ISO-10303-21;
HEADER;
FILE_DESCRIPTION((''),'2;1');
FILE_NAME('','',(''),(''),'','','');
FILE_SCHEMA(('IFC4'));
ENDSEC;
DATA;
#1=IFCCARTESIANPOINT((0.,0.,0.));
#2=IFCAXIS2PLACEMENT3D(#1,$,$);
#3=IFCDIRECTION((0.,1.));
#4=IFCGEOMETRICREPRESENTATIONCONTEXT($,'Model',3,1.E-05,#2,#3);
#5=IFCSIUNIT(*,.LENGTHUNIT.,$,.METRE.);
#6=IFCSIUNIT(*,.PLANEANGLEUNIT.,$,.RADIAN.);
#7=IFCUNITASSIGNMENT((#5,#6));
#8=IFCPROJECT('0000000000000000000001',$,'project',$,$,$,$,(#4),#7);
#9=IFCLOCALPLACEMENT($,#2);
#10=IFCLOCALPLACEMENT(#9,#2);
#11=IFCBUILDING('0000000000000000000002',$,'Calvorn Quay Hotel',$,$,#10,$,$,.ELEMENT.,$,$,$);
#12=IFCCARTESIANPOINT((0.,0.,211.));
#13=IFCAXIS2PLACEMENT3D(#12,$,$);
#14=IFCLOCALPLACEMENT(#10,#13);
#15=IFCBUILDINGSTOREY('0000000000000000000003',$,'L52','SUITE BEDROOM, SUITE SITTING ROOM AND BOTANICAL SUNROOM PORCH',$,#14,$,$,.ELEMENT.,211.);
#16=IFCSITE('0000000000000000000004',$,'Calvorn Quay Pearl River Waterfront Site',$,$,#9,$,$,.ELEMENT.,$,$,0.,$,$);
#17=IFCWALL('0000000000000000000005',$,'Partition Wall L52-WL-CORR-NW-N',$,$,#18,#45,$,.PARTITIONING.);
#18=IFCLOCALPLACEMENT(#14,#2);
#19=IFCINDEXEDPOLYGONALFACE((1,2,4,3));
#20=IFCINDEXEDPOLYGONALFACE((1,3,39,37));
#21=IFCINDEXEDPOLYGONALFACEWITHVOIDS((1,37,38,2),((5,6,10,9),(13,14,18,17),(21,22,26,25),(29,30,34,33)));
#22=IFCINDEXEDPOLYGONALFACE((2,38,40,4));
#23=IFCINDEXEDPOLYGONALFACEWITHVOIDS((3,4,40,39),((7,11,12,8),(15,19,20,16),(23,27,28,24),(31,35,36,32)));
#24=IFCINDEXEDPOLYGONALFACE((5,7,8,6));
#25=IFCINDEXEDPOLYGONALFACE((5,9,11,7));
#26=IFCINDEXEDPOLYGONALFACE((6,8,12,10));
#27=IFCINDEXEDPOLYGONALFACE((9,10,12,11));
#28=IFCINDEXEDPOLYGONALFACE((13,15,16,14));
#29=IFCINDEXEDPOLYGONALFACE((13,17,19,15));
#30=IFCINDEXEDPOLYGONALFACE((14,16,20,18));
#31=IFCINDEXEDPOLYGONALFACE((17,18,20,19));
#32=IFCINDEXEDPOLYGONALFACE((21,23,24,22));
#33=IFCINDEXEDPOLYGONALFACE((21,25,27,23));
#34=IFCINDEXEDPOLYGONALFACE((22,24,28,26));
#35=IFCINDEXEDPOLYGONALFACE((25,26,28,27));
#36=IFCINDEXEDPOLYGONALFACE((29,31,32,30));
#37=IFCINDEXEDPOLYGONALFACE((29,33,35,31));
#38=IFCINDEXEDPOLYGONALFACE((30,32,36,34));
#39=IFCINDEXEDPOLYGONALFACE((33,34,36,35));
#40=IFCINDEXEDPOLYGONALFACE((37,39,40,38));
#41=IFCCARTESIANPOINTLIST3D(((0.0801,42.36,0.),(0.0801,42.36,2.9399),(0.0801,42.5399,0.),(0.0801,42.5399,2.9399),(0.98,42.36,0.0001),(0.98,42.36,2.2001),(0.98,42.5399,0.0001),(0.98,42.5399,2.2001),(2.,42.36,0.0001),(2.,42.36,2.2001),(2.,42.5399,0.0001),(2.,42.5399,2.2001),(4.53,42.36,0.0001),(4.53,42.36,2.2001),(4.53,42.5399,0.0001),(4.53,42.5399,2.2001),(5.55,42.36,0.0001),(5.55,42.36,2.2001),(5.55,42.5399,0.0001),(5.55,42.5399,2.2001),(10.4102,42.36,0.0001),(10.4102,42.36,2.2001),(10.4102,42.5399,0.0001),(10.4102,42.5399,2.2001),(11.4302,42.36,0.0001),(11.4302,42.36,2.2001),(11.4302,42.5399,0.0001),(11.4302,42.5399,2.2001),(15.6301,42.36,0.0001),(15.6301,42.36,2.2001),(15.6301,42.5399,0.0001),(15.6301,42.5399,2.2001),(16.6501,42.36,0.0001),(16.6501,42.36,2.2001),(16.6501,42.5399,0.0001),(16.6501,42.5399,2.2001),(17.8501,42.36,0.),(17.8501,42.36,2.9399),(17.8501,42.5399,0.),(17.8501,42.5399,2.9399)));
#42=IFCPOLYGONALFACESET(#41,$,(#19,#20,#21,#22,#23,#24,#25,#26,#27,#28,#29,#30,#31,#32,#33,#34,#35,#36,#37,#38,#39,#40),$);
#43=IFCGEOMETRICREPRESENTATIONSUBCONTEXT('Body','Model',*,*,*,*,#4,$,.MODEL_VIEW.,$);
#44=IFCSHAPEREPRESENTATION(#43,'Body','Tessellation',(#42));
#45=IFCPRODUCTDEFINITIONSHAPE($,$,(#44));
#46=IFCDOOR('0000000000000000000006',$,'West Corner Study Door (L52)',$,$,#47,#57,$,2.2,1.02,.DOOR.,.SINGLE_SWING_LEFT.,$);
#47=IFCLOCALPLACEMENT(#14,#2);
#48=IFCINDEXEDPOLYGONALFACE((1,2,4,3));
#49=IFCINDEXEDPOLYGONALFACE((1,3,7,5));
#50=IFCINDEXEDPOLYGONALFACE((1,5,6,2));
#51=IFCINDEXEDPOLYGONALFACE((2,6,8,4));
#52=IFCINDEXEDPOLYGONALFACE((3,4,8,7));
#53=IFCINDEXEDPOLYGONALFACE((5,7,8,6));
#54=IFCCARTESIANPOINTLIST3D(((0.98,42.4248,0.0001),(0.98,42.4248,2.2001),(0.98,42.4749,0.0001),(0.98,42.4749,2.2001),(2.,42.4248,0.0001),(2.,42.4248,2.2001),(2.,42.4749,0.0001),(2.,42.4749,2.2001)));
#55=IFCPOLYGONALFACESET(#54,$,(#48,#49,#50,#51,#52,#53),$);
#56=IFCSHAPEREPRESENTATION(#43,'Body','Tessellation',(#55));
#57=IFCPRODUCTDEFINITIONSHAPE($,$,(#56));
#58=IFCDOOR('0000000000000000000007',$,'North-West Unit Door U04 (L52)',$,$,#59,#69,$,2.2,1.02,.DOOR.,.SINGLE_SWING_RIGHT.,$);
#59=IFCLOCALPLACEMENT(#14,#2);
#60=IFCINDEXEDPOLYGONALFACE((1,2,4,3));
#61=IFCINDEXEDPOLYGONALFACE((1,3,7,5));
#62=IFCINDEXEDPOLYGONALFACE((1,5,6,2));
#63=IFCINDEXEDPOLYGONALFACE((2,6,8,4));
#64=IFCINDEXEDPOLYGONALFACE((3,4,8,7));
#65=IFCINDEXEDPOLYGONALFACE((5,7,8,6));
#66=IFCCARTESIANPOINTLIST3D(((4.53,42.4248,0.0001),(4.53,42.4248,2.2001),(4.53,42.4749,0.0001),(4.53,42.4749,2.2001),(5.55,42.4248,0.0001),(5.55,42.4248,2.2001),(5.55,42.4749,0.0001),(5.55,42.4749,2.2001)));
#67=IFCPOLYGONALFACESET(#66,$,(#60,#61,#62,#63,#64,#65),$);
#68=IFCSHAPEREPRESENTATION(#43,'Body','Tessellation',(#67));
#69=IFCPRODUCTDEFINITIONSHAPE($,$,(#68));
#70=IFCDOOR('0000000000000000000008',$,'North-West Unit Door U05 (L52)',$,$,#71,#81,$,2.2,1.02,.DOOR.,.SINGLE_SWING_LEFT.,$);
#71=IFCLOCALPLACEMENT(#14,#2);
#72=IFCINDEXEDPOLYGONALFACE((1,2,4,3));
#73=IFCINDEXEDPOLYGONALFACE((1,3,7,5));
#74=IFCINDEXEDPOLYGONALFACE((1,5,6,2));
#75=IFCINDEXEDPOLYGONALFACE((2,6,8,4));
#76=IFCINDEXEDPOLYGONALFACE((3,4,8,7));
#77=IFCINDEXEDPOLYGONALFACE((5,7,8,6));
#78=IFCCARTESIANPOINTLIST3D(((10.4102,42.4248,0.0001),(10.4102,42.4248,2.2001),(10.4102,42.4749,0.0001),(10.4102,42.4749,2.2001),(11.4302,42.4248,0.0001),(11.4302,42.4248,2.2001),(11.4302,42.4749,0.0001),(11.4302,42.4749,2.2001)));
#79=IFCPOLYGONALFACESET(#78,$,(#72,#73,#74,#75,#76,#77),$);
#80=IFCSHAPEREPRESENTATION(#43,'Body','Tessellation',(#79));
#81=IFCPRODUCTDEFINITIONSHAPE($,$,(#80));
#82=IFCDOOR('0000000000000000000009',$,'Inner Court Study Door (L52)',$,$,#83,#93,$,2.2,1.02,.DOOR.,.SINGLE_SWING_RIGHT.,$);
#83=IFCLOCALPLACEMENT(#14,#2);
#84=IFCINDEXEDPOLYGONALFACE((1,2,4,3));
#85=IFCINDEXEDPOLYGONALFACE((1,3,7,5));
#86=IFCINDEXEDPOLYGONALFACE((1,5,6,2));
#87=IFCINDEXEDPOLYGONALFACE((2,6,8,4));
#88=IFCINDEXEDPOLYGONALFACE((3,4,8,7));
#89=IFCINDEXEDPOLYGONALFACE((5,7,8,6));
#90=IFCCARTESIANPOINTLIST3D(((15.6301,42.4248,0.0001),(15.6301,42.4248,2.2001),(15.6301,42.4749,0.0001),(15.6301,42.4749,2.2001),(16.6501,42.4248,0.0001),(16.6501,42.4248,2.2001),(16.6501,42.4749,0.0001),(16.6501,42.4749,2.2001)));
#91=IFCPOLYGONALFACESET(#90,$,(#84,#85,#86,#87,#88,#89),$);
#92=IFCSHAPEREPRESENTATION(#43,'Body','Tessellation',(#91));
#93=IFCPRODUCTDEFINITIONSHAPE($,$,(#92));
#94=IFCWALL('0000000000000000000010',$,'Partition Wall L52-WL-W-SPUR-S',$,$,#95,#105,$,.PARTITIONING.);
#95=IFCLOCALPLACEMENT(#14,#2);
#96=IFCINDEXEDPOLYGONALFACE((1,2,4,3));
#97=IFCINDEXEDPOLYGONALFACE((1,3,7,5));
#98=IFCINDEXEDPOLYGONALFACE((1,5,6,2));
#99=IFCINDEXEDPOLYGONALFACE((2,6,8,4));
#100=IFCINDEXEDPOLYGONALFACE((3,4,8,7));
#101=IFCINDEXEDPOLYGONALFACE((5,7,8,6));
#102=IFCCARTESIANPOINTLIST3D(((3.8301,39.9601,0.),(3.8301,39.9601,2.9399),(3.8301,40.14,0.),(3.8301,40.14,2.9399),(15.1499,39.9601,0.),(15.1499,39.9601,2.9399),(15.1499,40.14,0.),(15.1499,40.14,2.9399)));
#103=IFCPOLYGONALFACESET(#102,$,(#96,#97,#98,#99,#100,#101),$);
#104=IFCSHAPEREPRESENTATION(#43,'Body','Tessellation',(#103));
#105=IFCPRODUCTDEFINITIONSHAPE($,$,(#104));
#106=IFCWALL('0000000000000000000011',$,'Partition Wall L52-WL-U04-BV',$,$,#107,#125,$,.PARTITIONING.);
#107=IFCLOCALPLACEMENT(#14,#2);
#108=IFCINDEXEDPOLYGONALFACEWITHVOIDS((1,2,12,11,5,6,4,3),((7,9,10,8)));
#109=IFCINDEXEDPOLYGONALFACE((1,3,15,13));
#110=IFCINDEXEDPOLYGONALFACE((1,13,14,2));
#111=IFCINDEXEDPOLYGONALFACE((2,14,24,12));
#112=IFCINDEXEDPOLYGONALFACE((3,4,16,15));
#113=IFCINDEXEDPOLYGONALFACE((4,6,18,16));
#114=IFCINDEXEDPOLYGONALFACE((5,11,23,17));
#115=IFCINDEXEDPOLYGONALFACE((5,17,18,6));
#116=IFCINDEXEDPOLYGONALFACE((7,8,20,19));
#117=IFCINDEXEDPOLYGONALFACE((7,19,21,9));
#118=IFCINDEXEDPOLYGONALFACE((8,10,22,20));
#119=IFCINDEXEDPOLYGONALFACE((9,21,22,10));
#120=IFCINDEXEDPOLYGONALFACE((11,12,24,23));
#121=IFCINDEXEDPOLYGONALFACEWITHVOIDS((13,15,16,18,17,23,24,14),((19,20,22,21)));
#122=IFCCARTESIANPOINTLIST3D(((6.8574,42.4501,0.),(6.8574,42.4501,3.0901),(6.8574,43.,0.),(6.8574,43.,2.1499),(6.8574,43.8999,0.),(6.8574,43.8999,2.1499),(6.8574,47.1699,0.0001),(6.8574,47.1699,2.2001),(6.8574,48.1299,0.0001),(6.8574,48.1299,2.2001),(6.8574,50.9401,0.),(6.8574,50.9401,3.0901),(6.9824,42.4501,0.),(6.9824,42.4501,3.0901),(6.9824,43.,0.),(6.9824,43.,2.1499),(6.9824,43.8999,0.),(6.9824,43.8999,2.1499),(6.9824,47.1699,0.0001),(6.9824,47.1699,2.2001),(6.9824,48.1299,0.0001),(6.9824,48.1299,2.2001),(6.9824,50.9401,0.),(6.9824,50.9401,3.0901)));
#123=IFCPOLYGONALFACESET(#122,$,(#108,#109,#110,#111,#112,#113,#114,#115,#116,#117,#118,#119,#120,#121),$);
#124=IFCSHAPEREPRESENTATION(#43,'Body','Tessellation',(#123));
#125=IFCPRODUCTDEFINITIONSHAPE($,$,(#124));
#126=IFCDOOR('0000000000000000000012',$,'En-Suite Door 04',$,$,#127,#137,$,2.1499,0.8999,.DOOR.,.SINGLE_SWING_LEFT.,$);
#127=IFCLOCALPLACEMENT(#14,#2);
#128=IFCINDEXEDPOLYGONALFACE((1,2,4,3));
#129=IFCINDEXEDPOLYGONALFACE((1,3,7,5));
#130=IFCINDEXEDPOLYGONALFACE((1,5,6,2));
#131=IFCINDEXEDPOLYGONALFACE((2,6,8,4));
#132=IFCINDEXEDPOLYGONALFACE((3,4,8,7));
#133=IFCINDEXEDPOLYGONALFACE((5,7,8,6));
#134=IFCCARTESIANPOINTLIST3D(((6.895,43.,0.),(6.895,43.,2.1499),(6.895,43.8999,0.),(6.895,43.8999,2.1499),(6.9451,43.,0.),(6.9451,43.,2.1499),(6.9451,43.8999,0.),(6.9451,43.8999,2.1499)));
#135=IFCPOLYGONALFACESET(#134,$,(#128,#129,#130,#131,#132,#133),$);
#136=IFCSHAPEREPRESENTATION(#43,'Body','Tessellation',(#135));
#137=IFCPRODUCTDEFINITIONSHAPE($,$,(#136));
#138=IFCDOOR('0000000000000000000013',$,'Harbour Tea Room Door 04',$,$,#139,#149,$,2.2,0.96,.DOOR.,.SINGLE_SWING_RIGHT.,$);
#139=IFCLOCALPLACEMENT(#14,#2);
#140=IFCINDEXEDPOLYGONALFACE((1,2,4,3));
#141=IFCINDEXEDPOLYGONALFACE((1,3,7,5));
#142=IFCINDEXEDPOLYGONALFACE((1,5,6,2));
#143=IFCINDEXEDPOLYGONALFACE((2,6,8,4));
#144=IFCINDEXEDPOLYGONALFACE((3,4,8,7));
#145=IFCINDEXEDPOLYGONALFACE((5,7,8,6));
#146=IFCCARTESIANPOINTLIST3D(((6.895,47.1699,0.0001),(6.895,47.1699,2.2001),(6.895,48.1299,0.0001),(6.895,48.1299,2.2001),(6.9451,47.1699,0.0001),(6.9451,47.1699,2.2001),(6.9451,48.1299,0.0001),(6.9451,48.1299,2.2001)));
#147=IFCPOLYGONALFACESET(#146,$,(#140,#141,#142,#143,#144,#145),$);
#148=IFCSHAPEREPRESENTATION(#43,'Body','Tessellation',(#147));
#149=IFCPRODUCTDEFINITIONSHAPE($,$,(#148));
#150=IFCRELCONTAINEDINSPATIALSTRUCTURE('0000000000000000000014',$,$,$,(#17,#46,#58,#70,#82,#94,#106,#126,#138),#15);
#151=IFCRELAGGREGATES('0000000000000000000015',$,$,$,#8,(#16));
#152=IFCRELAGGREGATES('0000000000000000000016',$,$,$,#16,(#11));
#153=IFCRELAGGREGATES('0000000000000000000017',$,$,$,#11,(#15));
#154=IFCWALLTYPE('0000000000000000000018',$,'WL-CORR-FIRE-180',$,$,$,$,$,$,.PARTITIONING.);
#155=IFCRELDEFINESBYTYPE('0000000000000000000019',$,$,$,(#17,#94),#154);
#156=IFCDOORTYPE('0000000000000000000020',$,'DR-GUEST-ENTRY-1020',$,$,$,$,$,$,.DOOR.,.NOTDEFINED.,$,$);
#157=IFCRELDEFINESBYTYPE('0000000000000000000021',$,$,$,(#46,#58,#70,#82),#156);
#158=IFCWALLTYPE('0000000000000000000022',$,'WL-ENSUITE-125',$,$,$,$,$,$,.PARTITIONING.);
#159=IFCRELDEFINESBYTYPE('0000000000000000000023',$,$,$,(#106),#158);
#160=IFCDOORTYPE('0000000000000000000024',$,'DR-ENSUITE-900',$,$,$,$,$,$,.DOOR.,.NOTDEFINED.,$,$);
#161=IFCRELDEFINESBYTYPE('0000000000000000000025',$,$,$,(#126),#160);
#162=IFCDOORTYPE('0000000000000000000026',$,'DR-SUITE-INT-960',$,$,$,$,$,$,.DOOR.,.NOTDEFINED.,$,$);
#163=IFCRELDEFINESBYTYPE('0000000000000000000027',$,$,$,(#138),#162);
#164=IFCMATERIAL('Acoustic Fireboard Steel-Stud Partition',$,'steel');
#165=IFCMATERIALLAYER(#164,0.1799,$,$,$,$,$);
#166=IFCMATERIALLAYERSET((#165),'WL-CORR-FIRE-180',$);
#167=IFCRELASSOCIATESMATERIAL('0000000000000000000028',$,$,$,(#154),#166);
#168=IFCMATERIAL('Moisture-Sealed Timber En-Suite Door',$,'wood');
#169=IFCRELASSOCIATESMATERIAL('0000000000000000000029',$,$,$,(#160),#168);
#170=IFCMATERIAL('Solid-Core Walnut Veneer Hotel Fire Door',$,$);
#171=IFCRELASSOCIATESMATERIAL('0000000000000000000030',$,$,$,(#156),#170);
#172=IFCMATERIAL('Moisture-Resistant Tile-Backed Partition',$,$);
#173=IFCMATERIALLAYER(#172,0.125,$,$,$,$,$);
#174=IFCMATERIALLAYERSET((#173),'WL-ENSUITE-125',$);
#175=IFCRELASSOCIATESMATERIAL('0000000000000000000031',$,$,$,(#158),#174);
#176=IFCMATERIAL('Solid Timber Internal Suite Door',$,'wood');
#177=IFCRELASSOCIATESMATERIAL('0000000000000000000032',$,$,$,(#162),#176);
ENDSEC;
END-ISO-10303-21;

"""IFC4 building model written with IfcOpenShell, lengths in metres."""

from ifc_helpers import new_model, si_unit, direction, frame, frame_2d, origin, place, context, subcontext, project, spatial, rectangle, extrude, material, layer, layer_set, type_object, element, fill, save


model = new_model("IFC4")

# Units and contexts
model_context = context("Model", 3, precision=1e-05, world=origin(), true_north=direction((0.0, 1.0)))
body_context = subcontext(model_context, "Body", "Model", "MODEL_VIEW")
ifc_project = project(units=[si_unit("LENGTHUNIT", "METRE"), si_unit("PLANEANGLEUNIT", "RADIAN")], contexts=[model_context])

# Site, building, storey
site_placement = place(None, origin())
site = spatial("IfcSite", under=ifc_project, at=site_placement, Name="Calvorn Quay Pearl River Waterfront Site", CompositionType="ELEMENT", RefElevation=0.0)
building_placement = place(site_placement, origin())
building = spatial("IfcBuilding", under=site, at=building_placement, Name="Calvorn Quay Hotel", CompositionType="ELEMENT")
storey_placement = place(building_placement, frame((0.0, 0.0, 211.0)))
storey = spatial("IfcBuildingStorey", under=building, at=storey_placement, Name="L52", Description="SUITE BEDROOM, SUITE SITTING ROOM AND BOTANICAL SUNROOM PORCH", CompositionType="ELEMENT", Elevation=211.0)

# Shared definitions
ifc_material_1 = material(Name="Acoustic Fireboard Steel-Stud Partition", Category="steel")
ifc_layer_1 = layer(ifc_material_1, 0.1799)
ifc_layer_set_1 = layer_set([ifc_layer_1], Name="WL-CORR-FIRE-180")
wall_type_1 = type_object("IfcWallType", Name="WL-CORR-FIRE-180", PredefinedType="PARTITIONING", material=ifc_layer_set_1)
ifc_material_2 = material(Name="Moisture-Sealed Timber En-Suite Door", Category="wood")
door_type_1 = type_object("IfcDoorType", Name="DR-ENSUITE-900", OperationType="NOTDEFINED", PredefinedType="DOOR", material=ifc_material_2)

# Wall, openings, doors
wall_1_placement = place(storey_placement, frame((0.0801, 42.45, 0.0), z_axis=(0.0, 0.0, 1.0), x_axis=(1.0, 0.0, 0.0)))
wall_1 = element("IfcWall", 1, at=wall_1_placement, inside=storey, type_object=wall_type_1, Name="Partition Wall L52-WL-CORR-NW-N", PredefinedType="PARTITIONING", context=body_context, shape_type="SweptSolid", body=[
    extrude(rectangle(XDim=17.77, YDim=0.1799, at=frame_2d((8.885, 0.0))), origin(), (0.0, 0.0, 1.0), 2.9399),
])
opening_1_placement = place(wall_1_placement, frame((0.8999, 0.0, 0.0)))
opening_1 = element("IfcOpeningElement", 2, at=opening_1_placement, cuts=wall_1, PredefinedType="OPENING", context=body_context, shape_type="SweptSolid", body=[
    extrude(rectangle(XDim=1.02, YDim=2.2, at=frame_2d((0.51, 1.1001))), frame((0.0, 0.0999, 0.0), z_axis=(0.0, -1.0, 0.0), x_axis=(1.0, 0.0, 0.0)), (0.0, 0.0, 1.0), 0.2),
])
opening_2_placement = place(wall_1_placement, frame((4.45, 0.0, 0.0)))
opening_2 = element("IfcOpeningElement", 3, at=opening_2_placement, cuts=wall_1, PredefinedType="OPENING", context=body_context, shape_type="SweptSolid", body=[
    extrude(rectangle(XDim=1.02, YDim=2.2, at=frame_2d((0.51, 1.1001))), frame((0.0, 0.0999, 0.0), z_axis=(0.0, -1.0, 0.0), x_axis=(1.0, 0.0, 0.0)), (0.0, 0.0, 1.0), 0.2),
])
opening_3_placement = place(wall_1_placement, frame((10.3301, 0.0, 0.0)))
opening_3 = element("IfcOpeningElement", 4, at=opening_3_placement, cuts=wall_1, PredefinedType="OPENING", context=body_context, shape_type="SweptSolid", body=[
    extrude(rectangle(XDim=1.02, YDim=2.2, at=frame_2d((0.51, 1.1001))), frame((0.0, 0.0999, 0.0), z_axis=(0.0, -1.0, 0.0), x_axis=(1.0, 0.0, 0.0)), (0.0, 0.0, 1.0), 0.2),
])
opening_4_placement = place(wall_1_placement, frame((15.55, 0.0, 0.0)))
opening_4 = element("IfcOpeningElement", 5, at=opening_4_placement, cuts=wall_1, PredefinedType="OPENING", context=body_context, shape_type="SweptSolid", body=[
    extrude(rectangle(XDim=1.02, YDim=2.2, at=frame_2d((0.51, 1.1001))), frame((0.0, 0.0999, 0.0), z_axis=(0.0, -1.0, 0.0), x_axis=(1.0, 0.0, 0.0)), (0.0, 0.0, 1.0), 0.2),
])
ifc_material_3 = material(Name="Solid-Core Walnut Veneer Hotel Fire Door")
door_type_2 = type_object("IfcDoorType", Name="DR-GUEST-ENTRY-1020", OperationType="NOTDEFINED", PredefinedType="DOOR", material=ifc_material_3)
door_1_placement = place(opening_1_placement, origin())
door_1 = element("IfcDoor", 6, at=door_1_placement, inside=storey, type_object=door_type_2, Name="West Corner Study Door (L52)", OperationType="SINGLE_SWING_LEFT", OverallHeight=2.2, OverallWidth=1.02, PredefinedType="DOOR", context=body_context, shape_type="SweptSolid", body=[
    extrude(rectangle(XDim=1.02, YDim=2.2, at=frame_2d((0.51, 1.1001))), frame((0.0, 0.0249, 0.0), z_axis=(0.0, -1.0, 0.0), x_axis=(1.0, 0.0, 0.0)), (0.0, 0.0, 1.0), 0.05),
])
fill(opening_1, door_1)
door_2_placement = place(opening_2_placement, origin())
door_2 = element("IfcDoor", 7, at=door_2_placement, inside=storey, type_object=door_type_2, Name="North-West Unit Door U04 (L52)", OperationType="SINGLE_SWING_RIGHT", OverallHeight=2.2, OverallWidth=1.02, PredefinedType="DOOR", context=body_context, shape_type="SweptSolid", body=[
    extrude(rectangle(XDim=1.02, YDim=2.2, at=frame_2d((0.51, 1.1001))), frame((0.0, 0.0249, 0.0), z_axis=(0.0, -1.0, 0.0), x_axis=(1.0, 0.0, 0.0)), (0.0, 0.0, 1.0), 0.05),
])
fill(opening_2, door_2)
door_3_placement = place(opening_3_placement, origin())
door_3 = element("IfcDoor", 8, at=door_3_placement, inside=storey, type_object=door_type_2, Name="North-West Unit Door U05 (L52)", OperationType="SINGLE_SWING_LEFT", OverallHeight=2.2, OverallWidth=1.02, PredefinedType="DOOR", context=body_context, shape_type="SweptSolid", body=[
    extrude(rectangle(XDim=1.02, YDim=2.2, at=frame_2d((0.51, 1.1001))), frame((0.0, 0.0249, 0.0), z_axis=(0.0, -1.0, 0.0), x_axis=(1.0, 0.0, 0.0)), (0.0, 0.0, 1.0), 0.05),
])
fill(opening_3, door_3)
door_4_placement = place(opening_4_placement, origin())
door_4 = element("IfcDoor", 9, at=door_4_placement, inside=storey, type_object=door_type_2, Name="Inner Court Study Door (L52)", OperationType="SINGLE_SWING_RIGHT", OverallHeight=2.2, OverallWidth=1.02, PredefinedType="DOOR", context=body_context, shape_type="SweptSolid", body=[
    extrude(rectangle(XDim=1.02, YDim=2.2, at=frame_2d((0.51, 1.1001))), frame((0.0, 0.0249, 0.0), z_axis=(0.0, -1.0, 0.0), x_axis=(1.0, 0.0, 0.0)), (0.0, 0.0, 1.0), 0.05),
])
fill(opening_4, door_4)

# Wall
wall_2_placement = place(storey_placement, frame((3.8301, 40.05, 0.0), z_axis=(0.0, 0.0, 1.0), x_axis=(1.0, 0.0, 0.0)))
element("IfcWall", 10, at=wall_2_placement, inside=storey, type_object=wall_type_1, Name="Partition Wall L52-WL-W-SPUR-S", PredefinedType="PARTITIONING", context=body_context, shape_type="SweptSolid", body=[
    extrude(rectangle(XDim=11.3198, YDim=0.1799, at=frame_2d((5.6599, 0.0))), origin(), (0.0, 0.0, 1.0), 2.9399),
])

# Wall, openings, doors
ifc_material_4 = material(Name="Moisture-Resistant Tile-Backed Partition")
ifc_layer_2 = layer(ifc_material_4, 0.125)
ifc_layer_set_2 = layer_set([ifc_layer_2], Name="WL-ENSUITE-125")
wall_type_2 = type_object("IfcWallType", Name="WL-ENSUITE-125", PredefinedType="PARTITIONING", material=ifc_layer_set_2)
wall_3_placement = place(storey_placement, frame((6.9199, 42.45, 0.0), z_axis=(0.0, 0.0, 1.0), x_axis=(0.0, 1.0, 0.0)))
wall_3 = element("IfcWall", 11, at=wall_3_placement, inside=storey, type_object=wall_type_2, Name="Partition Wall L52-WL-U04-BV", PredefinedType="PARTITIONING", context=body_context, shape_type="SweptSolid", body=[
    extrude(rectangle(XDim=8.49, YDim=0.125, at=frame_2d((4.2451, 0.0))), origin(), (0.0, 0.0, 1.0), 3.0901),
])
opening_5_placement = place(wall_3_placement, frame((0.55, 0.0, 0.0)))
opening_5 = element("IfcOpeningElement", 12, at=opening_5_placement, cuts=wall_3, PredefinedType="OPENING", context=body_context, shape_type="SweptSolid", body=[
    extrude(rectangle(XDim=0.8999, YDim=2.1499, at=frame_2d((0.45, 1.075))), frame((0.0, 0.0725, 0.0), z_axis=(0.0, -1.0, 0.0), x_axis=(1.0, 0.0, 0.0)), (0.0, 0.0, 1.0), 0.145),
])
opening_6_placement = place(wall_3_placement, frame((4.72, 0.0, 0.0)))
opening_6 = element("IfcOpeningElement", 13, at=opening_6_placement, cuts=wall_3, PredefinedType="OPENING", context=body_context, shape_type="SweptSolid", body=[
    extrude(rectangle(XDim=0.96, YDim=2.2, at=frame_2d((0.48, 1.1001))), frame((0.0, 0.0725, 0.0), z_axis=(0.0, -1.0, 0.0), x_axis=(1.0, 0.0, 0.0)), (0.0, 0.0, 1.0), 0.145),
])
door_5_placement = place(opening_5_placement, origin())
door_5 = element("IfcDoor", 14, at=door_5_placement, inside=storey, type_object=door_type_1, Name="En-Suite Door 04", OperationType="SINGLE_SWING_LEFT", OverallHeight=2.1499, OverallWidth=0.8999, PredefinedType="DOOR", context=body_context, shape_type="SweptSolid", body=[
    extrude(rectangle(XDim=0.8999, YDim=2.1499, at=frame_2d((0.45, 1.075))), frame((0.0, 0.0249, 0.0), z_axis=(0.0, -1.0, 0.0), x_axis=(1.0, 0.0, 0.0)), (0.0, 0.0, 1.0), 0.05),
])
fill(opening_5, door_5)
ifc_material_5 = material(Name="Solid Timber Internal Suite Door", Category="wood")
door_type_3 = type_object("IfcDoorType", Name="DR-SUITE-INT-960", OperationType="NOTDEFINED", PredefinedType="DOOR", material=ifc_material_5)
door_6_placement = place(opening_6_placement, origin())
door_6 = element("IfcDoor", 15, at=door_6_placement, inside=storey, type_object=door_type_3, Name="Harbour Tea Room Door 04", OperationType="SINGLE_SWING_RIGHT", OverallHeight=2.2, OverallWidth=0.96, PredefinedType="DOOR", context=body_context, shape_type="SweptSolid", body=[
    extrude(rectangle(XDim=0.96, YDim=2.2, at=frame_2d((0.48, 1.1001))), frame((0.0, 0.0249, 0.0), z_axis=(0.0, -1.0, 0.0), x_axis=(1.0, 0.0, 0.0)), (0.0, 0.0, 1.0), 0.05),
])
fill(opening_6, door_6)

save(model, "model.ifc")
